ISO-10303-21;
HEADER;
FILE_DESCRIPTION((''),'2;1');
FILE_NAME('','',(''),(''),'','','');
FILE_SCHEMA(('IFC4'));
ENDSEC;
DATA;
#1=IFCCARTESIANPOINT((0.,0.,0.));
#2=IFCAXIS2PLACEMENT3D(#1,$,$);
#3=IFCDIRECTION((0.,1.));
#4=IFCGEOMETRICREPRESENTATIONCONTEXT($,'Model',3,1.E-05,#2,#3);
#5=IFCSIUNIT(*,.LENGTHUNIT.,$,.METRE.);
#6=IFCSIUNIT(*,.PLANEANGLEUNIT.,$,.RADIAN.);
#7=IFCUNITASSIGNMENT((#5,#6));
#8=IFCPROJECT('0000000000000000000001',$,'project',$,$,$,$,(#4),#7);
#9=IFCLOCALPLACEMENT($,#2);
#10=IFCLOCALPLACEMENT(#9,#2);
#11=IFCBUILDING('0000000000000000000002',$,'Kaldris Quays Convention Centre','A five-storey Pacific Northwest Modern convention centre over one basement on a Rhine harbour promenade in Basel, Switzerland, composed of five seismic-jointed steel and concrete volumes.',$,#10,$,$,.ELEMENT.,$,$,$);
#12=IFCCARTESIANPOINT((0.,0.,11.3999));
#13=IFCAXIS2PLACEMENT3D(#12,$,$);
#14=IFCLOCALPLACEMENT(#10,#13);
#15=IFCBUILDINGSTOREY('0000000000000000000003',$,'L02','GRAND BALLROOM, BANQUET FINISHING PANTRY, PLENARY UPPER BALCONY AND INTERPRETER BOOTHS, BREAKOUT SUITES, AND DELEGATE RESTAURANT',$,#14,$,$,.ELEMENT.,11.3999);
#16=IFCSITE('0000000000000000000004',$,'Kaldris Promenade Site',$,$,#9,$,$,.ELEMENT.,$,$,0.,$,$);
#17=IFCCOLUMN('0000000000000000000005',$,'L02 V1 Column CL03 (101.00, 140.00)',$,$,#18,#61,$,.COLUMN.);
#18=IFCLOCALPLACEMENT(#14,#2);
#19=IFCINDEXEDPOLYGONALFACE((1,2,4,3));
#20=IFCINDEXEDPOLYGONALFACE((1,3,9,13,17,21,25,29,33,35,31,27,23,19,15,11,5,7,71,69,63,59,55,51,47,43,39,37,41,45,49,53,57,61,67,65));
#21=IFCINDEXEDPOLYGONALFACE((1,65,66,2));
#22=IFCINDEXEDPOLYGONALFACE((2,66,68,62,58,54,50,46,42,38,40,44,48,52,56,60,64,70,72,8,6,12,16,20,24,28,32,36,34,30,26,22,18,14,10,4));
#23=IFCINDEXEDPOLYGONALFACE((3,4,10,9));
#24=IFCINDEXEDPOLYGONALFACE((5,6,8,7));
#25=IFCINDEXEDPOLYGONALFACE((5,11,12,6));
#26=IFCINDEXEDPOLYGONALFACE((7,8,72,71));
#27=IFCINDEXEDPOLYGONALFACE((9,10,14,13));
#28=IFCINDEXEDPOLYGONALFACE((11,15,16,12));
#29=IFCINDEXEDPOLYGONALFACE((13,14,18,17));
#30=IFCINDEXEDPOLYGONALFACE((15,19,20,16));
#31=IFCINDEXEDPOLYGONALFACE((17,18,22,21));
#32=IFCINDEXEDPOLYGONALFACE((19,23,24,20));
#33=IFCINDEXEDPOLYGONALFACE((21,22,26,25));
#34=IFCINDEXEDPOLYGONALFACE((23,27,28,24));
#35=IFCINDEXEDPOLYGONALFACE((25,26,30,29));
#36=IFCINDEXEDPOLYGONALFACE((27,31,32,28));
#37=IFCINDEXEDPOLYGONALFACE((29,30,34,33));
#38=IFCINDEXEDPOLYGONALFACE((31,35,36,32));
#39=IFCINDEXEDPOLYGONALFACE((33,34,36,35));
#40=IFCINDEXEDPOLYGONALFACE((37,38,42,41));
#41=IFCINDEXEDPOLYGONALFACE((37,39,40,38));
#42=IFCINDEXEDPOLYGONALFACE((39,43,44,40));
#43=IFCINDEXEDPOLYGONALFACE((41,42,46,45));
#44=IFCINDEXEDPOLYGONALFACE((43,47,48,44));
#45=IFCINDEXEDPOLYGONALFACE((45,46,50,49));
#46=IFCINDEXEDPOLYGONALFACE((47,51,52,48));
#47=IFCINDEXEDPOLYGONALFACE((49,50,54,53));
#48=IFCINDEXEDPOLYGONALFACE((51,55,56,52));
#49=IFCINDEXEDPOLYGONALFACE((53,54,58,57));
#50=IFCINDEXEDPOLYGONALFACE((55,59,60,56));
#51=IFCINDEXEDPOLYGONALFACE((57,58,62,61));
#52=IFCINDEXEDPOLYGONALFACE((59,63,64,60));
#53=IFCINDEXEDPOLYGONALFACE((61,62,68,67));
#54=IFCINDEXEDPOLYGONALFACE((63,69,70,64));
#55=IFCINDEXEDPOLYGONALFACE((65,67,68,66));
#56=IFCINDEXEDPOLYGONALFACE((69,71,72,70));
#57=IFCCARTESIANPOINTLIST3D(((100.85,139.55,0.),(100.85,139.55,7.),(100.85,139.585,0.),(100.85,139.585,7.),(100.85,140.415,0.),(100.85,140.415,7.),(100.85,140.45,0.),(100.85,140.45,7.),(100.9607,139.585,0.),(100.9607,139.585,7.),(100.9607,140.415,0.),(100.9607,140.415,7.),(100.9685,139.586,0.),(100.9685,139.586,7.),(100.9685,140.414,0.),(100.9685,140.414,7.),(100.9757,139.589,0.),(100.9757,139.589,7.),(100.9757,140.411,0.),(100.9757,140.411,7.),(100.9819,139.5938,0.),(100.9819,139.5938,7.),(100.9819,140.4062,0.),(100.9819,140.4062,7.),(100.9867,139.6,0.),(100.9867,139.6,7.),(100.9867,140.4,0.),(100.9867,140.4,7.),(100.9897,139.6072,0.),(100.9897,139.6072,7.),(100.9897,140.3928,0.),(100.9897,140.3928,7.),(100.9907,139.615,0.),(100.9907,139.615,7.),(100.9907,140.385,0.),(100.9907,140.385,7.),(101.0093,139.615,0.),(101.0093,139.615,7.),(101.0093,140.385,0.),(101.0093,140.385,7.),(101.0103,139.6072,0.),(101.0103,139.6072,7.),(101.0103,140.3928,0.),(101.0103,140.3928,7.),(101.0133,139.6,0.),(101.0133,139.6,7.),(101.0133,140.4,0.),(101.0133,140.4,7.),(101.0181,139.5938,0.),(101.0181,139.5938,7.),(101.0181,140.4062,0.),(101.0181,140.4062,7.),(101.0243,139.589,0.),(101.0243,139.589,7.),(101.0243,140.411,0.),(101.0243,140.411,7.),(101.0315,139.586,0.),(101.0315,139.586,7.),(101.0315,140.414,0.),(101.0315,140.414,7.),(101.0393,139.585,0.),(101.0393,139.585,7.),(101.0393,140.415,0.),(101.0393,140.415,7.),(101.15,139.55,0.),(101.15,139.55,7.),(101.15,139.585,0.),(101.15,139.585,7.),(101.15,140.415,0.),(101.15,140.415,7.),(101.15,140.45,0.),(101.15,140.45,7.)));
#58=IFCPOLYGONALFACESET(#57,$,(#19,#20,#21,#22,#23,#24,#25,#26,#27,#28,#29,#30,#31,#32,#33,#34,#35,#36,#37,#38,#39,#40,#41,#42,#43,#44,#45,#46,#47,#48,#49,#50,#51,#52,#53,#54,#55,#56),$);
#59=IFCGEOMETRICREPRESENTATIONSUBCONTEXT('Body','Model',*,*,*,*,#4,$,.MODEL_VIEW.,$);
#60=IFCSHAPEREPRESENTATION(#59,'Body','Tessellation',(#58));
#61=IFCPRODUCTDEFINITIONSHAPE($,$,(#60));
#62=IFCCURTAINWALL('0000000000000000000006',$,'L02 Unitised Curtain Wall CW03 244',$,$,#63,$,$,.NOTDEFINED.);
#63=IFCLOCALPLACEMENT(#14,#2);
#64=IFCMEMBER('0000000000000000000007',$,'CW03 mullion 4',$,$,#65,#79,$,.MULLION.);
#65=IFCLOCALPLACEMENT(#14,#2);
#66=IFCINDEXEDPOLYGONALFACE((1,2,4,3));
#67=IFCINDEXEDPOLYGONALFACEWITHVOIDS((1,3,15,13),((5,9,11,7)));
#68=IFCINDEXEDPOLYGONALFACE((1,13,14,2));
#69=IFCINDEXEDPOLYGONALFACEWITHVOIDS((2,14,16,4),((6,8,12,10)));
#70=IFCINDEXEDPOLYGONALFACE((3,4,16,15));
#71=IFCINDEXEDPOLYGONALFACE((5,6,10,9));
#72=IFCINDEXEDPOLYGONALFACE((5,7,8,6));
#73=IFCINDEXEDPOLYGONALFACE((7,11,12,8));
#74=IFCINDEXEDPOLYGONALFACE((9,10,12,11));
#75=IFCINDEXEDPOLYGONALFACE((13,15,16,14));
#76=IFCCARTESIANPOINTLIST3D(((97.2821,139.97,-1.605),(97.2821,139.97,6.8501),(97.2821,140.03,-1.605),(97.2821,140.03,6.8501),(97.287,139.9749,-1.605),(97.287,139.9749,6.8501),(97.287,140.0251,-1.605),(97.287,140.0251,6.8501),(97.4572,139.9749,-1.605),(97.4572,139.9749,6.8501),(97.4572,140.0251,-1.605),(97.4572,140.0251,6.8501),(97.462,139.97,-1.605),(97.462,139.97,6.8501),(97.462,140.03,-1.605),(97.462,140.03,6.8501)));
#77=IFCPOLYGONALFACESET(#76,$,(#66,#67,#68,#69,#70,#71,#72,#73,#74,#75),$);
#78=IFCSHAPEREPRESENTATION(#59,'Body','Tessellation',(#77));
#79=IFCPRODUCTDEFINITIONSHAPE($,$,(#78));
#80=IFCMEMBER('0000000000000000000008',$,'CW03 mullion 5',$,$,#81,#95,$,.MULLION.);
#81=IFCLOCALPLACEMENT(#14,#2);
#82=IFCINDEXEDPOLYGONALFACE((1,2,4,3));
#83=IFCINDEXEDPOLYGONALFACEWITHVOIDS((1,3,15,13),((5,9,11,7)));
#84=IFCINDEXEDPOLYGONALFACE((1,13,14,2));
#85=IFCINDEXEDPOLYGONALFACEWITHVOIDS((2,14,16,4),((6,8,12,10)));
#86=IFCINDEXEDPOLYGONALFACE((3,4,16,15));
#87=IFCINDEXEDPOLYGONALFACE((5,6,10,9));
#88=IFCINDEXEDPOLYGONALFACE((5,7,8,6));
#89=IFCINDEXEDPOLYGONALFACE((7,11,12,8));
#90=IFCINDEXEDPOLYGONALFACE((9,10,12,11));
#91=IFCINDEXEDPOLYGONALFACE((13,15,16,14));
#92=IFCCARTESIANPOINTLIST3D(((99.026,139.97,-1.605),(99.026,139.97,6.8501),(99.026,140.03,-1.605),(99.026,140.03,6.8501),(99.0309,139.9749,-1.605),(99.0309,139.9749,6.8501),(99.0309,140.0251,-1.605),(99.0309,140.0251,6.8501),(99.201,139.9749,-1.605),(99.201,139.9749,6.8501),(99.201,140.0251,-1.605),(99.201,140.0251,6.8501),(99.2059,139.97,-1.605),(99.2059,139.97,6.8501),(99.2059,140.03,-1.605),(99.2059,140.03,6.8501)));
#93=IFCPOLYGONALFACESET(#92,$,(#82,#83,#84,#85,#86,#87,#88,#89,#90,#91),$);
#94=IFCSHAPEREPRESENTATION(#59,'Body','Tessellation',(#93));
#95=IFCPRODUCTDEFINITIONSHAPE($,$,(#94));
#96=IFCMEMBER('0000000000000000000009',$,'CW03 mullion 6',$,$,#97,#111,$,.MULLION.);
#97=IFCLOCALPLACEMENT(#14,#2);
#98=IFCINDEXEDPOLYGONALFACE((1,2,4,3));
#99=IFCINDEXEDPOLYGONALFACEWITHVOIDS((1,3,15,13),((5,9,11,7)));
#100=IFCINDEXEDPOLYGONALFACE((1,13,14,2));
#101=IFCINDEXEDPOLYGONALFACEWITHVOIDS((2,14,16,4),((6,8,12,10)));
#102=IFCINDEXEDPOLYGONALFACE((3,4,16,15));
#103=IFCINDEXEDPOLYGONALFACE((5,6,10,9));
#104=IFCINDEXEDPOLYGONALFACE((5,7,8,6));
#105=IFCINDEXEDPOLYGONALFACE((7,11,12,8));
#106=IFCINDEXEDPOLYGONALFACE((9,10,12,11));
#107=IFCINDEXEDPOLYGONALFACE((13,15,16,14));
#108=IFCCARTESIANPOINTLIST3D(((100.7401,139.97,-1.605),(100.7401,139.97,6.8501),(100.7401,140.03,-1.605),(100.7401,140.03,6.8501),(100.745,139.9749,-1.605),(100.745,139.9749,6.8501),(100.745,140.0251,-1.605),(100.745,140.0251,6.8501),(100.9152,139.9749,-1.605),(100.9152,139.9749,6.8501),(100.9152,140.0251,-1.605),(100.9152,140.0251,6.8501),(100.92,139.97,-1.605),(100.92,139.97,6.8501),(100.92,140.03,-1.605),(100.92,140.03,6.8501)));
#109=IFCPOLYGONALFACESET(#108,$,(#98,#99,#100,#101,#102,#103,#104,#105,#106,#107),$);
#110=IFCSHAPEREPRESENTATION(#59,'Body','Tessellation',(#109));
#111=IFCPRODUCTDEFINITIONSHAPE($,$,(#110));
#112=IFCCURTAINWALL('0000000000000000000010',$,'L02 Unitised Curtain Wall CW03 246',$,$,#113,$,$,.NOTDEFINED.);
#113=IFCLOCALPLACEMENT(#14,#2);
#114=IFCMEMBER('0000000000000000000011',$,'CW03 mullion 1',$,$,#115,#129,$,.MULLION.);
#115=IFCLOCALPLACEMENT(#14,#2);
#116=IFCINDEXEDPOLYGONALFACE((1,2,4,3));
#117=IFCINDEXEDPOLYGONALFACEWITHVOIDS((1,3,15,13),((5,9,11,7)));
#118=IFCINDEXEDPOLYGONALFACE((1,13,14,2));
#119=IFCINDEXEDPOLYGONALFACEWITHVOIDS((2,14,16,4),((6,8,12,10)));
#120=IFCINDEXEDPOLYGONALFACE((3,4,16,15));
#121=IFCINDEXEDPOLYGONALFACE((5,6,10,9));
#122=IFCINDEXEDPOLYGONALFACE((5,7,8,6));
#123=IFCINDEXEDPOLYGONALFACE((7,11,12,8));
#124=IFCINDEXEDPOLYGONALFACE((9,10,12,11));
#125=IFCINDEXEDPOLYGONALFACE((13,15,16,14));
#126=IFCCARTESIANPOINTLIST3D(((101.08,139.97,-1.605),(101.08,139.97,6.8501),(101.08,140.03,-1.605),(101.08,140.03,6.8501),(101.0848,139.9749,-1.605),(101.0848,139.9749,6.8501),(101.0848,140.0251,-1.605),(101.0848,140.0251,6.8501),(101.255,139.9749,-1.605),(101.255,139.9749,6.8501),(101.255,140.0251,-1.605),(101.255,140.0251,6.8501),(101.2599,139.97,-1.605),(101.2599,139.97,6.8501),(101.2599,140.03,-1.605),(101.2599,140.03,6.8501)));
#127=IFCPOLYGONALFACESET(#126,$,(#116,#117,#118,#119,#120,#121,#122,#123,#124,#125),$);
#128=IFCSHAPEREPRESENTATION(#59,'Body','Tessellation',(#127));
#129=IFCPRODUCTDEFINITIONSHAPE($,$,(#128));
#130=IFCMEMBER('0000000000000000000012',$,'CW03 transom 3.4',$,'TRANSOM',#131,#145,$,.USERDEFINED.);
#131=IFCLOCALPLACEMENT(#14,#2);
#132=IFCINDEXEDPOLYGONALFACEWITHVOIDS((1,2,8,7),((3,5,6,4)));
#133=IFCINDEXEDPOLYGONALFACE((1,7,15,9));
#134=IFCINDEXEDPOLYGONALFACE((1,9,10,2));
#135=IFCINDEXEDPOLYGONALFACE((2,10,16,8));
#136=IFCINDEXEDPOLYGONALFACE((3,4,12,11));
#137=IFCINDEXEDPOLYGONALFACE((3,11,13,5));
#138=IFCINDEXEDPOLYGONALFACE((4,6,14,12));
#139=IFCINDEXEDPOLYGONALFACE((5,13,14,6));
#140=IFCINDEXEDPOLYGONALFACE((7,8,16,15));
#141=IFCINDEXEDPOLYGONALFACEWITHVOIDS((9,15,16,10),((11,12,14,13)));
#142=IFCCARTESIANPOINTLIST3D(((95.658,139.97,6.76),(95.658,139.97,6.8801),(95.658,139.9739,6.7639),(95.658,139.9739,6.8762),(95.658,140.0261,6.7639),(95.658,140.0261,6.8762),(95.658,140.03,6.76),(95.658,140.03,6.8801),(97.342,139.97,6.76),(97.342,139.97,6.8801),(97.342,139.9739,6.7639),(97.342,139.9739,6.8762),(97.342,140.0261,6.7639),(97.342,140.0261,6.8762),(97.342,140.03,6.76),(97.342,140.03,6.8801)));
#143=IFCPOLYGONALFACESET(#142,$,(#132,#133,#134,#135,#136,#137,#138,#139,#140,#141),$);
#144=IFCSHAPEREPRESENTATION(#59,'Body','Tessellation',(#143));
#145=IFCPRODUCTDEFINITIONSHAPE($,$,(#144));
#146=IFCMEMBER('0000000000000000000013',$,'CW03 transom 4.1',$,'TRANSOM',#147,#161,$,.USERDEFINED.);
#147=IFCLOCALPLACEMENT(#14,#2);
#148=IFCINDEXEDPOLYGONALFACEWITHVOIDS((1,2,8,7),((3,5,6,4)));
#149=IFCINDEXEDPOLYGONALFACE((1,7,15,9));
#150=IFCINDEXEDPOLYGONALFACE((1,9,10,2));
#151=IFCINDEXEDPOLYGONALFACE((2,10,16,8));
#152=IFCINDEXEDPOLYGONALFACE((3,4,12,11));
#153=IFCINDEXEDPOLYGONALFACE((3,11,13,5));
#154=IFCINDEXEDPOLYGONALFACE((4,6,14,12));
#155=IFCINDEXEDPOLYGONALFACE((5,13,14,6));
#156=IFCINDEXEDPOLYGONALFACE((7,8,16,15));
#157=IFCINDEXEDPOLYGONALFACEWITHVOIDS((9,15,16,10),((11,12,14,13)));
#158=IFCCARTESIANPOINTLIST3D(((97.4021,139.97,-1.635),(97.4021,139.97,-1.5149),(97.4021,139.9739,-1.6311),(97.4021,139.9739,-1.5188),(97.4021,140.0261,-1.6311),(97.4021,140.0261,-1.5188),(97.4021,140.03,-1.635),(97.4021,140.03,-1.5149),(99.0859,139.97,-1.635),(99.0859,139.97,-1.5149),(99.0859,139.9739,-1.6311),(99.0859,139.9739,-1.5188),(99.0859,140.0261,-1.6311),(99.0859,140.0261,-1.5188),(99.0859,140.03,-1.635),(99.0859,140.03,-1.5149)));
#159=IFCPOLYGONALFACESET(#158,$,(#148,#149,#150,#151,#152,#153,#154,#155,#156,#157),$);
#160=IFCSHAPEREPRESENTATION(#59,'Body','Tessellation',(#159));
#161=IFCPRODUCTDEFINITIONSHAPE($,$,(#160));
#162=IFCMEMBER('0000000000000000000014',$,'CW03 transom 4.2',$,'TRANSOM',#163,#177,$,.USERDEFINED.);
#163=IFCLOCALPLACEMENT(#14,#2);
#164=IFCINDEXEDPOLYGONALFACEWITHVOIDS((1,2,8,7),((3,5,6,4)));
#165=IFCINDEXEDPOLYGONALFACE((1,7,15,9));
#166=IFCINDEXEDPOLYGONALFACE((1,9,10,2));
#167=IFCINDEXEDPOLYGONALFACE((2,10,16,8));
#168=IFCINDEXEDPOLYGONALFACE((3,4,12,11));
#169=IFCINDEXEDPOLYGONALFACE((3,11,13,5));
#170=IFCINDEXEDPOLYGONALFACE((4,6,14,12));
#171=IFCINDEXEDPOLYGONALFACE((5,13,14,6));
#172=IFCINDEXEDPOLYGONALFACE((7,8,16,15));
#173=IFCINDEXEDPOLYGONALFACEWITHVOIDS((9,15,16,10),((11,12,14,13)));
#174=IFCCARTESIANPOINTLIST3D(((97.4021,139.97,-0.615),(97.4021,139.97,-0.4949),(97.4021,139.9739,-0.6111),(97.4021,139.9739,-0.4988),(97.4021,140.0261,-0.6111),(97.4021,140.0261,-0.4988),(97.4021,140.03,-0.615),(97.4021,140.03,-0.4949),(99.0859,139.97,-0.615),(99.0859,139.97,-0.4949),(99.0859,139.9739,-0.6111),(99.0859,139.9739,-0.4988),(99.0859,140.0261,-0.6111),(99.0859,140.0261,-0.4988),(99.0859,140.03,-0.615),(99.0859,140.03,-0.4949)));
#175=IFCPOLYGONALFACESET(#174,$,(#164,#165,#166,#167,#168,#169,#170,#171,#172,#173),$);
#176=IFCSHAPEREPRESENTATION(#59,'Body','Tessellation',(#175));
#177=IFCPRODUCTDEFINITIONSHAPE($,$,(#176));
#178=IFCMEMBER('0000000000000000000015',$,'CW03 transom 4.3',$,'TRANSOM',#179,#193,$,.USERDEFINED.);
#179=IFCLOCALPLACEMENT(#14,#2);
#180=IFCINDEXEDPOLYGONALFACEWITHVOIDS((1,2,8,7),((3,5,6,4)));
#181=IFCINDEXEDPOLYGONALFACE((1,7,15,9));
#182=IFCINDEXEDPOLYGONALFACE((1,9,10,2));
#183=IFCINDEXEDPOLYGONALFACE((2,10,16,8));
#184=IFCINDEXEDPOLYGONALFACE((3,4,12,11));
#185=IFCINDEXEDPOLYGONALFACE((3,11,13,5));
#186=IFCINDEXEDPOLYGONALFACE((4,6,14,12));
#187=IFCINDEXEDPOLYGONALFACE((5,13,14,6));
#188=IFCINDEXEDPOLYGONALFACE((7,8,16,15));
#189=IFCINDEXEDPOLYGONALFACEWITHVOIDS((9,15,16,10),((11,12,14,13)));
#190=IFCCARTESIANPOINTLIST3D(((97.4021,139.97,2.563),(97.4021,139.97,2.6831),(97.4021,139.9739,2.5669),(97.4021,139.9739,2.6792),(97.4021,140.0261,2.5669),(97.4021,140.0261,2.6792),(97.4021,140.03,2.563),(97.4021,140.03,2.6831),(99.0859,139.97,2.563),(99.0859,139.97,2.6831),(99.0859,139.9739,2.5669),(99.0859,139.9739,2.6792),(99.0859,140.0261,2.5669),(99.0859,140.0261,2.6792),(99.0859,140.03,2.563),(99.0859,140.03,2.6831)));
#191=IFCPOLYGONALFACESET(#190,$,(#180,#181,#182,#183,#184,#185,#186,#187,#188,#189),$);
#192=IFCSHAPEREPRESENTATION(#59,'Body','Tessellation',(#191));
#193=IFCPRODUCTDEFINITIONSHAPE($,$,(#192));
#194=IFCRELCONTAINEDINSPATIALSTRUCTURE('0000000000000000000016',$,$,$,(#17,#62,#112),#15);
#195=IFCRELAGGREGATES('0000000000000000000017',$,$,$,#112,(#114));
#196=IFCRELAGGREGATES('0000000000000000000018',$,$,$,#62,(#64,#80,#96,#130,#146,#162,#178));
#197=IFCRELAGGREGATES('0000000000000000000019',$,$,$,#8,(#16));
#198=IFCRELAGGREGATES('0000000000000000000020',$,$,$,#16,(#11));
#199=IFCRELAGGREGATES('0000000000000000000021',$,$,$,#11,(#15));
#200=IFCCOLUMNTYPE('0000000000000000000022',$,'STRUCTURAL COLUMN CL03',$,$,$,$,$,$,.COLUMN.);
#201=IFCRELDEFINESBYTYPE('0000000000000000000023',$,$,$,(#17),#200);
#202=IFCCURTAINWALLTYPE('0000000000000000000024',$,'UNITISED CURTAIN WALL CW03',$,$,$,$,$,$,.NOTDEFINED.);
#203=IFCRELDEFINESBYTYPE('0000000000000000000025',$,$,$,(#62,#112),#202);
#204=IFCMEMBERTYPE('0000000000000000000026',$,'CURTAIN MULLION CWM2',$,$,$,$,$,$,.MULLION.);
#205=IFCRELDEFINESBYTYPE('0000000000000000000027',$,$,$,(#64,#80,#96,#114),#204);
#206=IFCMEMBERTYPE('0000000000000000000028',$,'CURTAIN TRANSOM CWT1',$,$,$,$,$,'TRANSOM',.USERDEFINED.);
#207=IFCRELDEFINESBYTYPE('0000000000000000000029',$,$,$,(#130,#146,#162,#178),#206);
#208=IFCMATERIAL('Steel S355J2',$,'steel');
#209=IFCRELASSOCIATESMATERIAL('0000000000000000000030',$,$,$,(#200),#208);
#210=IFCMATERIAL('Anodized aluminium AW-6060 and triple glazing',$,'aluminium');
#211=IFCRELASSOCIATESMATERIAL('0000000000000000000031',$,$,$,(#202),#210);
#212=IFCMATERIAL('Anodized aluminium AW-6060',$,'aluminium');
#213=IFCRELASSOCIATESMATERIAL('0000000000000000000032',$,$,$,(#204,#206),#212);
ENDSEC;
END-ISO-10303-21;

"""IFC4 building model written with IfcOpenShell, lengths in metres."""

from ifc_helpers import new_model, si_unit, direction, frame, origin, origin_2d, place, context, subcontext, project, spatial, hollow_rectangle, i_section, extrude, material, material_profile, profile_set, type_object, element, aggregate, save


model = new_model("IFC4")

# Units and contexts
model_context = context("Model", 3, precision=1e-05, world=origin(), true_north=direction((0.0, 1.0)))
body_context = subcontext(model_context, "Body", "Model", "MODEL_VIEW")
ifc_project = project(units=[si_unit("LENGTHUNIT", "METRE"), si_unit("PLANEANGLEUNIT", "RADIAN")], contexts=[model_context])

# Site, building, storey
site_placement = place(None, origin())
site = spatial("IfcSite", under=ifc_project, at=site_placement, Name="Kaldris Promenade Site", CompositionType="ELEMENT", RefElevation=0.0)
building_placement = place(site_placement, origin())
building = spatial("IfcBuilding", under=site, at=building_placement, Name="Kaldris Quays Convention Centre", Description="A five-storey Pacific Northwest Modern convention centre over one basement on a Rhine harbour promenade in Basel, Switzerland, composed of five seismic-jointed steel and concrete volumes.", CompositionType="ELEMENT")
storey_placement = place(building_placement, frame((0.0, 0.0, 11.3999)))
storey = spatial("IfcBuildingStorey", under=building, at=storey_placement, Name="L02", Description="GRAND BALLROOM, BANQUET FINISHING PANTRY, PLENARY UPPER BALCONY AND INTERPRETER BOOTHS, BREAKOUT SUITES, AND DELEGATE RESTAURANT", CompositionType="ELEMENT", Elevation=11.3999)

# Column
ifc_material_1 = material(Name="Steel S355J2", Category="steel")
ifc_material_profile_1 = material_profile(ifc_material_1, i_section(OverallWidth=0.3, OverallDepth=0.8999, WebThickness=0.0186, FlangeThickness=0.0349, FilletRadius=0.03, at=origin_2d()), Name="HEB 900")
ifc_profile_set_1 = profile_set([ifc_material_profile_1], Name="Steel S355J2")
column_type = type_object("IfcColumnType", Name="STRUCTURAL COLUMN CL03", PredefinedType="COLUMN", material=ifc_profile_set_1)
column_placement = place(storey_placement, frame((101.0, 140.0, 0.0), z_axis=(0.0, 0.0, 1.0), x_axis=(1.0, 0.0, 0.0)))
element("IfcColumn", 1, at=column_placement, inside=storey, type_object=column_type, Name="L02 V1 Column CL03 (101.00, 140.00)", PredefinedType="COLUMN", context=body_context, shape_type="SweptSolid", body=[
    extrude(i_section(OverallWidth=0.3, OverallDepth=0.8999, WebThickness=0.0186, FlangeThickness=0.0349, FilletRadius=0.03, at=origin_2d()), origin(), (0.0, 0.0, 1.0), 7.0),
])

# Curtain wall, members
ifc_material_2 = material(Name="Anodized aluminium AW-6060 and triple glazing", Category="aluminium")
curtain_wall_type = type_object("IfcCurtainWallType", Name="UNITISED CURTAIN WALL CW03", PredefinedType="NOTDEFINED", material=ifc_material_2)
curtain_wall_1_placement = place(storey_placement, origin())
curtain_wall_1 = element("IfcCurtainWall", 2, at=curtain_wall_1_placement, inside=storey, type_object=curtain_wall_type, Name="L02 Unitised Curtain Wall CW03 244", PredefinedType="NOTDEFINED")
ifc_material_3 = material(Name="Anodized aluminium AW-6060", Category="aluminium")
ifc_material_profile_2 = material_profile(ifc_material_3, hollow_rectangle(XDim=0.0601, YDim=0.1799, WallThickness=0.0049, at=origin_2d()), Name="RHS 180x60x5")
ifc_profile_set_2 = profile_set([ifc_material_profile_2], Name="Anodized aluminium AW-6060")
member_type_1 = type_object("IfcMemberType", Name="CURTAIN MULLION CWM2", PredefinedType="MULLION", material=ifc_profile_set_2)
member_1_placement = place(storey_placement, frame((97.3721, 140.0, -1.605), z_axis=(0.0, 0.0, 1.0), x_axis=(0.0, 1.0, 0.0)))
member_1 = element("IfcMember", 3, at=member_1_placement, type_object=member_type_1, Name="CW03 mullion 4", PredefinedType="MULLION", context=body_context, shape_type="SweptSolid", body=[
    extrude(hollow_rectangle(XDim=0.0601, YDim=0.1799, WallThickness=0.0049, at=origin_2d()), origin(), (0.0, 0.0, 1.0), 8.4551),
])
member_2_placement = place(storey_placement, frame((99.116, 140.0, -1.605), z_axis=(0.0, 0.0, 1.0), x_axis=(0.0, 1.0, 0.0)))
member_2 = element("IfcMember", 4, at=member_2_placement, type_object=member_type_1, Name="CW03 mullion 5", PredefinedType="MULLION", context=body_context, shape_type="SweptSolid", body=[
    extrude(hollow_rectangle(XDim=0.0601, YDim=0.1799, WallThickness=0.0049, at=origin_2d()), origin(), (0.0, 0.0, 1.0), 8.4551),
])
member_3_placement = place(storey_placement, frame((100.8301, 140.0, -1.605), z_axis=(0.0, 0.0, 1.0), x_axis=(0.0, 1.0, 0.0)))
member_3 = element("IfcMember", 5, at=member_3_placement, type_object=member_type_1, Name="CW03 mullion 6", PredefinedType="MULLION", context=body_context, shape_type="SweptSolid", body=[
    extrude(hollow_rectangle(XDim=0.0601, YDim=0.1799, WallThickness=0.0049, at=origin_2d()), origin(), (0.0, 0.0, 1.0), 8.4551),
])

# Curtain wall, member
curtain_wall_2_placement = place(storey_placement, origin())
curtain_wall_2 = element("IfcCurtainWall", 6, at=curtain_wall_2_placement, inside=storey, type_object=curtain_wall_type, Name="L02 Unitised Curtain Wall CW03 246", PredefinedType="NOTDEFINED")
member_4_placement = place(storey_placement, frame((101.1699, 140.0, -1.605), z_axis=(0.0, 0.0, 1.0), x_axis=(0.0, 1.0, 0.0)))
member_4 = element("IfcMember", 7, at=member_4_placement, type_object=member_type_1, Name="CW03 mullion 1", PredefinedType="MULLION", context=body_context, shape_type="SweptSolid", body=[
    extrude(hollow_rectangle(XDim=0.0601, YDim=0.1799, WallThickness=0.0049, at=origin_2d()), origin(), (0.0, 0.0, 1.0), 8.4551),
])

# Members
ifc_material_profile_3 = material_profile(ifc_material_3, hollow_rectangle(XDim=0.0601, YDim=0.1201, WallThickness=0.0039, at=origin_2d()), Name="RHS 120x60x4")
ifc_profile_set_3 = profile_set([ifc_material_profile_3], Name="Anodized aluminium AW-6060")
member_type_2 = type_object("IfcMemberType", Name="CURTAIN TRANSOM CWT1", ElementType="TRANSOM", PredefinedType="USERDEFINED", material=ifc_profile_set_3)
member_5_placement = place(storey_placement, frame((95.658, 140.0, 6.8201), z_axis=(1.0, 0.0, 0.0), x_axis=(0.0, 1.0, 0.0)))
member_5 = element("IfcMember", 8, at=member_5_placement, type_object=member_type_2, Name="CW03 transom 3.4", ObjectType="TRANSOM", PredefinedType="USERDEFINED", context=body_context, shape_type="SweptSolid", body=[
    extrude(hollow_rectangle(XDim=0.0601, YDim=0.1201, WallThickness=0.0039, at=origin_2d()), origin(), (0.0, 0.0, 1.0), 1.6841),
])
member_6_placement = place(storey_placement, frame((97.4021, 140.0, -1.575), z_axis=(1.0, 0.0, 0.0), x_axis=(0.0, 1.0, 0.0)))
member_6 = element("IfcMember", 9, at=member_6_placement, type_object=member_type_2, Name="CW03 transom 4.1", ObjectType="TRANSOM", PredefinedType="USERDEFINED", context=body_context, shape_type="SweptSolid", body=[
    extrude(hollow_rectangle(XDim=0.0601, YDim=0.1201, WallThickness=0.0039, at=origin_2d()), origin(), (0.0, 0.0, 1.0), 1.6838),
])
member_7_placement = place(storey_placement, frame((97.4021, 140.0, -0.5549), z_axis=(1.0, 0.0, 0.0), x_axis=(0.0, 1.0, 0.0)))
member_7 = element("IfcMember", 10, at=member_7_placement, type_object=member_type_2, Name="CW03 transom 4.2", ObjectType="TRANSOM", PredefinedType="USERDEFINED", context=body_context, shape_type="SweptSolid", body=[
    extrude(hollow_rectangle(XDim=0.0601, YDim=0.1201, WallThickness=0.0039, at=origin_2d()), origin(), (0.0, 0.0, 1.0), 1.6838),
])
member_8_placement = place(storey_placement, frame((97.4021, 140.0, 2.623), z_axis=(1.0, 0.0, 0.0), x_axis=(0.0, 1.0, 0.0)))
member_8 = element("IfcMember", 11, at=member_8_placement, type_object=member_type_2, Name="CW03 transom 4.3", ObjectType="TRANSOM", PredefinedType="USERDEFINED", context=body_context, shape_type="SweptSolid", body=[
    extrude(hollow_rectangle(XDim=0.0601, YDim=0.1201, WallThickness=0.0039, at=origin_2d()), origin(), (0.0, 0.0, 1.0), 1.6838),
])
aggregate(curtain_wall_2, [member_4])

aggregate(curtain_wall_1, [member_1, member_2, member_3, member_5, member_6, member_7, member_8])

save(model, "model.ifc")
